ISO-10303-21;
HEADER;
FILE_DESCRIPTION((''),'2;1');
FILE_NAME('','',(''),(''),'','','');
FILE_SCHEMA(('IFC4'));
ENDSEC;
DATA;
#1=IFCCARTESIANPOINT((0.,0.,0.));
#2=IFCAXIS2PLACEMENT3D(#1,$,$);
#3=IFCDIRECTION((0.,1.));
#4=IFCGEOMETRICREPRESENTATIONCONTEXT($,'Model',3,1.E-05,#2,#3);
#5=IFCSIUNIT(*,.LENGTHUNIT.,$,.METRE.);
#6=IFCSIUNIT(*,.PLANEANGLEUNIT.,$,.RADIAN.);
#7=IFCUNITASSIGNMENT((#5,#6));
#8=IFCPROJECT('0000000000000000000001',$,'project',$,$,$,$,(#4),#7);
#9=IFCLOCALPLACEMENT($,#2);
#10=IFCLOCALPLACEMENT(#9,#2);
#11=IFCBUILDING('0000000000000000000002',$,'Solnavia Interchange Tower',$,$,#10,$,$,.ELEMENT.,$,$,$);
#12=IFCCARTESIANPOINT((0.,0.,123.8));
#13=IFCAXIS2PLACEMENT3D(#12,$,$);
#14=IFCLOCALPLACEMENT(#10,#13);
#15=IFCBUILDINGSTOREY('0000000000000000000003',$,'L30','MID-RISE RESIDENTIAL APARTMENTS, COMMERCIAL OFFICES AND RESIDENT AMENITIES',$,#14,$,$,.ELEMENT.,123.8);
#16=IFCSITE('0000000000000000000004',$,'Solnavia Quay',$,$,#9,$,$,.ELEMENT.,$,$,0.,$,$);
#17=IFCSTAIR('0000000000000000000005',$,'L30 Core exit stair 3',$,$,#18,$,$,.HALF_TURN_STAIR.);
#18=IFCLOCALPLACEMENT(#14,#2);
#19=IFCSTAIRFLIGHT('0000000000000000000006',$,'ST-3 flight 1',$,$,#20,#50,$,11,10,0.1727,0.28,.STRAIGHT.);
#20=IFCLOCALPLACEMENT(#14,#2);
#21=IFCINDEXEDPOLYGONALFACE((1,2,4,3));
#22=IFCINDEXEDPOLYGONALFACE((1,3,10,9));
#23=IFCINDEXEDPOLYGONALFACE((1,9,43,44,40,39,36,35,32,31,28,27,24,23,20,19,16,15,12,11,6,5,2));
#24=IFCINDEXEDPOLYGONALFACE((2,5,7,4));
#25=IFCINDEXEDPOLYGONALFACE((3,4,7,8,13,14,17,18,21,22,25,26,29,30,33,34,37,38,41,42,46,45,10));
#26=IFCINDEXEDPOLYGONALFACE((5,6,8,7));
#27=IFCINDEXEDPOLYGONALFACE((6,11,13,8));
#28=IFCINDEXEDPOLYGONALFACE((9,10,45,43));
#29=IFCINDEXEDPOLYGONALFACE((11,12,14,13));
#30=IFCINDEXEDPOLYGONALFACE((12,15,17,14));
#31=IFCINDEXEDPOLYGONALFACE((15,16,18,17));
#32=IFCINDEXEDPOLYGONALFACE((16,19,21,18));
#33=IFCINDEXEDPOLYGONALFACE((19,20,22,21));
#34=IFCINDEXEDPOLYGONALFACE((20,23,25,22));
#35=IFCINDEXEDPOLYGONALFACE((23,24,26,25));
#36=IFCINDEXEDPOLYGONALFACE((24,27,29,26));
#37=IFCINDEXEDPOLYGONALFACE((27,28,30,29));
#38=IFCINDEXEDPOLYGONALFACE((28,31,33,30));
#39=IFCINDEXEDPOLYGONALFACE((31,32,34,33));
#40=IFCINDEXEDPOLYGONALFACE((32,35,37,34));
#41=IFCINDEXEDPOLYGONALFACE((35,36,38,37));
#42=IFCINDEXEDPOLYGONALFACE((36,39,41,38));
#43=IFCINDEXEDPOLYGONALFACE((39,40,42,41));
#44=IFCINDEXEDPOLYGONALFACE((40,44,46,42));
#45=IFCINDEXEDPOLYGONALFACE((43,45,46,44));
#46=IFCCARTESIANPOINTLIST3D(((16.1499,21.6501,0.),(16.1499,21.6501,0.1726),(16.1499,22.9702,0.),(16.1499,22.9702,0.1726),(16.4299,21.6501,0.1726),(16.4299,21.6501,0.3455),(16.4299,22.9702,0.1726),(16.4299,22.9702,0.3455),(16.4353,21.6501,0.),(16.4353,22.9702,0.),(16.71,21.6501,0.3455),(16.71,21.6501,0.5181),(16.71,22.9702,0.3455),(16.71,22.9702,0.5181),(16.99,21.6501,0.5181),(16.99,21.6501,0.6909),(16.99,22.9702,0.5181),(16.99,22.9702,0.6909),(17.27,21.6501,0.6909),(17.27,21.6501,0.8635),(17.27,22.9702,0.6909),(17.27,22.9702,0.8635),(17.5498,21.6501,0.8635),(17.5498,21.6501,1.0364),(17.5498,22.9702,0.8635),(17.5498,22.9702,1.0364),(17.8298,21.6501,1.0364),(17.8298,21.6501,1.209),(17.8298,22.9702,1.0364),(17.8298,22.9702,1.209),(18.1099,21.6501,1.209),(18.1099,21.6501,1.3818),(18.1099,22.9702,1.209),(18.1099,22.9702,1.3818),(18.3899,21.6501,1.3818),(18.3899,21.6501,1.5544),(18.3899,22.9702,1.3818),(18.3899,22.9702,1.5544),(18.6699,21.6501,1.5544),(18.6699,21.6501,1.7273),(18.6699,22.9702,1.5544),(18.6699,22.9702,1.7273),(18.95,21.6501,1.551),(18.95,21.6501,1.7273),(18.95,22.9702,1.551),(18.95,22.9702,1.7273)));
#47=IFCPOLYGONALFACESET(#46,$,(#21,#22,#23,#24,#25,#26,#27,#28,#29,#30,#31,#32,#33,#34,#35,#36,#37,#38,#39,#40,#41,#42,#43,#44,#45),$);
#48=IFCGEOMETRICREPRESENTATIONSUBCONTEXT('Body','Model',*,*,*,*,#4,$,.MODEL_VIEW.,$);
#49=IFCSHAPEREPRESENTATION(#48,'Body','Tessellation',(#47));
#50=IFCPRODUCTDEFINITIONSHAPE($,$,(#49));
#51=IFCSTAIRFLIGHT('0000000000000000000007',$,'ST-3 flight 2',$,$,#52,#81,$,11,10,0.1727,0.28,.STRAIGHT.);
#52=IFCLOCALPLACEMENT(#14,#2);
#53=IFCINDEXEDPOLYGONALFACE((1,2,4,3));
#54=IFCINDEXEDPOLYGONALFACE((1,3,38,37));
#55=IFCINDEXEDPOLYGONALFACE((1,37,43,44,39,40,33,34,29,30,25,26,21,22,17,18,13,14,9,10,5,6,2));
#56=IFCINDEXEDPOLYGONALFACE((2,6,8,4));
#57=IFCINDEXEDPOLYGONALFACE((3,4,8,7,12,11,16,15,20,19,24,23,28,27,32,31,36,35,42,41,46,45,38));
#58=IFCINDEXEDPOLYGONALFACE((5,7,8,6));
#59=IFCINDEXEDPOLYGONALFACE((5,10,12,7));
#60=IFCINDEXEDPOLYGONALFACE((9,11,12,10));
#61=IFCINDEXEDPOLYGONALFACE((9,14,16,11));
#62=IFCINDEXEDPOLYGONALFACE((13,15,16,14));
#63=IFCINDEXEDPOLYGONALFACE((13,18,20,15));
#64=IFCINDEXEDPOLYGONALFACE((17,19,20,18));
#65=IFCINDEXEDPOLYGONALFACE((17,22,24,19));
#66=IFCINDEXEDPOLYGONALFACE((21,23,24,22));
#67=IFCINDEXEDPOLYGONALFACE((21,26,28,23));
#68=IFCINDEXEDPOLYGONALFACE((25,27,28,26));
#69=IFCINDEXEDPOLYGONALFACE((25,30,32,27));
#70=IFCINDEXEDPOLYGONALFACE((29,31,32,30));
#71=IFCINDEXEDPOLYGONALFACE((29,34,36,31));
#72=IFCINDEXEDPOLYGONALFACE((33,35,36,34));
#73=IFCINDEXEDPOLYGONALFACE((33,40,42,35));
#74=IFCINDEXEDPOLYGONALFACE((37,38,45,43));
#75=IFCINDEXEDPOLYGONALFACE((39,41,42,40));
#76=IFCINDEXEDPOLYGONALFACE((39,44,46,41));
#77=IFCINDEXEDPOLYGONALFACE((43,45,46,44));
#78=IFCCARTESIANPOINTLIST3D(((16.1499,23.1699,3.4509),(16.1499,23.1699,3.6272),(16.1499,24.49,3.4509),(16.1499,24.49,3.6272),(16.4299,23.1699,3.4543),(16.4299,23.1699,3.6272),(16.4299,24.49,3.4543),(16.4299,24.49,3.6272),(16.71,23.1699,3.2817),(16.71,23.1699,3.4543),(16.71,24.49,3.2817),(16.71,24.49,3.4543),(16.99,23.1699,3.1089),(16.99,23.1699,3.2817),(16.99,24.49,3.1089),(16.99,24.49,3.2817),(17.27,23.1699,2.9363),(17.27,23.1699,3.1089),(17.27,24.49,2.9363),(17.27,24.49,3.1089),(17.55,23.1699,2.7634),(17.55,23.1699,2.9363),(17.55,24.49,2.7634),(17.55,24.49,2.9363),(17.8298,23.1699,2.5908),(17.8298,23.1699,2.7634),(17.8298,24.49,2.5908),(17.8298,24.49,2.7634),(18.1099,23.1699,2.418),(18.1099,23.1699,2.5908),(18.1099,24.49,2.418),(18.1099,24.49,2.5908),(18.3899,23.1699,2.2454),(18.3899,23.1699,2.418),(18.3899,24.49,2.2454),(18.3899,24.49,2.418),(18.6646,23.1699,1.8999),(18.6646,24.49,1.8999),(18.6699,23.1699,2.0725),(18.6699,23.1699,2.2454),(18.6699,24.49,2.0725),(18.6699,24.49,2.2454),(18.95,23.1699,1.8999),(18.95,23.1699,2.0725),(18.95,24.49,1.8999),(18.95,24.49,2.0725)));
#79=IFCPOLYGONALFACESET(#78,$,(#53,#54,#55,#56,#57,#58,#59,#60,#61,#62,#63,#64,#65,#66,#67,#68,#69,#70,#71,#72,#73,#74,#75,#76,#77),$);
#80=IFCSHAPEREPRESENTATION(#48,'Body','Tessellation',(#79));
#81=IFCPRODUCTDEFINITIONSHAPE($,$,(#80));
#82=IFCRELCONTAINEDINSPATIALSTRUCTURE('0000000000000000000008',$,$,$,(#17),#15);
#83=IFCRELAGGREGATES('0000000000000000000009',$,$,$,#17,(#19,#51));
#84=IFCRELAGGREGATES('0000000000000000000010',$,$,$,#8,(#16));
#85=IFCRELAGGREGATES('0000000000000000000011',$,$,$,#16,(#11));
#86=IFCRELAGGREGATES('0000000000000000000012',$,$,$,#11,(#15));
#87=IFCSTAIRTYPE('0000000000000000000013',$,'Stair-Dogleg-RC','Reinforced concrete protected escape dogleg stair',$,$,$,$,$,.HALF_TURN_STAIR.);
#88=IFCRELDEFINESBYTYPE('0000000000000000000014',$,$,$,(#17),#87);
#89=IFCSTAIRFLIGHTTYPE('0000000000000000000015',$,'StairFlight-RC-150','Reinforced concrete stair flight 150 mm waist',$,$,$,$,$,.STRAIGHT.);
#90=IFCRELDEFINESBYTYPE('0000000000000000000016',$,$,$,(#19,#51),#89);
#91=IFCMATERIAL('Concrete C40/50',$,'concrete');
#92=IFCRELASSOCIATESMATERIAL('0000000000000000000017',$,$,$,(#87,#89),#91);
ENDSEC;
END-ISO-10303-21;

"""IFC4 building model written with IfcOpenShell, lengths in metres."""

from ifc_helpers import new_model, si_unit, direction, frame, origin, place, context, subcontext, project, spatial, polyline, outline, extrude, material, type_object, element, aggregate, save


model = new_model("IFC4")

# Units and contexts
model_context = context("Model", 3, precision=1e-05, world=origin(), true_north=direction((0.0, 1.0)))
body_context = subcontext(model_context, "Body", "Model", "MODEL_VIEW")
ifc_project = project(units=[si_unit("LENGTHUNIT", "METRE"), si_unit("PLANEANGLEUNIT", "RADIAN")], contexts=[model_context])

# Site, building, storey
site_placement = place(None, origin())
site = spatial("IfcSite", under=ifc_project, at=site_placement, Name="Solnavia Quay", CompositionType="ELEMENT", RefElevation=0.0)
building_placement = place(site_placement, origin())
building = spatial("IfcBuilding", under=site, at=building_placement, Name="Solnavia Interchange Tower", CompositionType="ELEMENT")
storey_placement = place(building_placement, frame((0.0, 0.0, 123.8)))
storey = spatial("IfcBuildingStorey", under=building, at=storey_placement, Name="L30", Description="MID-RISE RESIDENTIAL APARTMENTS, COMMERCIAL OFFICES AND RESIDENT AMENITIES", CompositionType="ELEMENT", Elevation=123.8)

# Shared definitions
ifc_material_1 = material(Name="Concrete C40/50", Category="concrete")

# Stair, stair flights
stair_type = type_object("IfcStairType", Name="Stair-Dogleg-RC", Description="Reinforced concrete protected escape dogleg stair", PredefinedType="HALF_TURN_STAIR", material=ifc_material_1)
stair_placement = place(storey_placement, origin())
stair = element("IfcStair", 1, at=stair_placement, inside=storey, type_object=stair_type, Name="L30 Core exit stair 3", PredefinedType="HALF_TURN_STAIR")
stair_flight_type = type_object("IfcStairFlightType", Name="StairFlight-RC-150", Description="Reinforced concrete stair flight 150 mm waist", PredefinedType="STRAIGHT", material=ifc_material_1)
stair_flight_1_placement = place(storey_placement, frame((16.1499, 22.3101, 0.0), z_axis=(0.0, 0.0, 1.0), x_axis=(1.0, 0.0, 0.0)))
stair_flight_1 = element("IfcStairFlight", 2, at=stair_flight_1_placement, type_object=stair_flight_type, Name="ST-3 flight 1", NumberOfRisers=11, NumberOfTreads=10, PredefinedType="STRAIGHT", RiserHeight=0.1727, TreadLength=0.28, context=body_context, shape_type="SweptSolid", body=[
    extrude(outline(polyline([(0.0, 0.0), (0.0, 0.1726), (0.28, 0.1726), (0.28, 0.3455), (0.5601, 0.3455), (0.5601, 0.5181), (0.8401, 0.5181), (0.8401, 0.6909), (1.1201, 0.6909), (1.1201, 0.8635), (1.3999, 0.8635), (1.3999, 1.0364), (1.6799, 1.0364), (1.6799, 1.209), (1.96, 1.209), (1.96, 1.3818), (2.24, 1.3818), (2.24, 1.5544), (2.52, 1.5544), (2.52, 1.7273), (2.8, 1.7273), (2.8, 1.8999), (2.8, 1.551), (0.2854, 0.0), (0.0, 0.0)])), frame((0.0, 0.6602, 0.0), z_axis=(0.0, -1.0, 0.0), x_axis=(1.0, 0.0, 0.0)), (0.0, 0.0, 1.0), 1.3201),
])
stair_flight_2_placement = place(storey_placement, frame((18.95, 23.8301, 1.8999), z_axis=(0.0, 0.0, 1.0), x_axis=(-1.0, 0.0, 0.0)))
stair_flight_2 = element("IfcStairFlight", 3, at=stair_flight_2_placement, type_object=stair_flight_type, Name="ST-3 flight 2", NumberOfRisers=11, NumberOfTreads=10, PredefinedType="STRAIGHT", RiserHeight=0.1727, TreadLength=0.28, context=body_context, shape_type="SweptSolid", body=[
    extrude(outline(polyline([(0.0, 0.0), (0.0, 0.1726), (0.28, 0.1726), (0.28, 0.3455), (0.5601, 0.3455), (0.5601, 0.5181), (0.8401, 0.5181), (0.8401, 0.6909), (1.1201, 0.6909), (1.1201, 0.8635), (1.3999, 0.8635), (1.3999, 1.0364), (1.6799, 1.0364), (1.6799, 1.209), (1.96, 1.209), (1.96, 1.3818), (2.24, 1.3818), (2.24, 1.5544), (2.52, 1.5544), (2.52, 1.7273), (2.8, 1.7273), (2.8, 1.8999), (2.8, 1.551), (0.2854, 0.0), (0.0, 0.0)])), frame((0.0, 0.6602, 0.0), z_axis=(0.0, -1.0, 0.0), x_axis=(1.0, 0.0, 0.0)), (0.0, 0.0, 1.0), 1.3201),
])
aggregate(stair, [stair_flight_1, stair_flight_2])

save(model, "model.ifc")
